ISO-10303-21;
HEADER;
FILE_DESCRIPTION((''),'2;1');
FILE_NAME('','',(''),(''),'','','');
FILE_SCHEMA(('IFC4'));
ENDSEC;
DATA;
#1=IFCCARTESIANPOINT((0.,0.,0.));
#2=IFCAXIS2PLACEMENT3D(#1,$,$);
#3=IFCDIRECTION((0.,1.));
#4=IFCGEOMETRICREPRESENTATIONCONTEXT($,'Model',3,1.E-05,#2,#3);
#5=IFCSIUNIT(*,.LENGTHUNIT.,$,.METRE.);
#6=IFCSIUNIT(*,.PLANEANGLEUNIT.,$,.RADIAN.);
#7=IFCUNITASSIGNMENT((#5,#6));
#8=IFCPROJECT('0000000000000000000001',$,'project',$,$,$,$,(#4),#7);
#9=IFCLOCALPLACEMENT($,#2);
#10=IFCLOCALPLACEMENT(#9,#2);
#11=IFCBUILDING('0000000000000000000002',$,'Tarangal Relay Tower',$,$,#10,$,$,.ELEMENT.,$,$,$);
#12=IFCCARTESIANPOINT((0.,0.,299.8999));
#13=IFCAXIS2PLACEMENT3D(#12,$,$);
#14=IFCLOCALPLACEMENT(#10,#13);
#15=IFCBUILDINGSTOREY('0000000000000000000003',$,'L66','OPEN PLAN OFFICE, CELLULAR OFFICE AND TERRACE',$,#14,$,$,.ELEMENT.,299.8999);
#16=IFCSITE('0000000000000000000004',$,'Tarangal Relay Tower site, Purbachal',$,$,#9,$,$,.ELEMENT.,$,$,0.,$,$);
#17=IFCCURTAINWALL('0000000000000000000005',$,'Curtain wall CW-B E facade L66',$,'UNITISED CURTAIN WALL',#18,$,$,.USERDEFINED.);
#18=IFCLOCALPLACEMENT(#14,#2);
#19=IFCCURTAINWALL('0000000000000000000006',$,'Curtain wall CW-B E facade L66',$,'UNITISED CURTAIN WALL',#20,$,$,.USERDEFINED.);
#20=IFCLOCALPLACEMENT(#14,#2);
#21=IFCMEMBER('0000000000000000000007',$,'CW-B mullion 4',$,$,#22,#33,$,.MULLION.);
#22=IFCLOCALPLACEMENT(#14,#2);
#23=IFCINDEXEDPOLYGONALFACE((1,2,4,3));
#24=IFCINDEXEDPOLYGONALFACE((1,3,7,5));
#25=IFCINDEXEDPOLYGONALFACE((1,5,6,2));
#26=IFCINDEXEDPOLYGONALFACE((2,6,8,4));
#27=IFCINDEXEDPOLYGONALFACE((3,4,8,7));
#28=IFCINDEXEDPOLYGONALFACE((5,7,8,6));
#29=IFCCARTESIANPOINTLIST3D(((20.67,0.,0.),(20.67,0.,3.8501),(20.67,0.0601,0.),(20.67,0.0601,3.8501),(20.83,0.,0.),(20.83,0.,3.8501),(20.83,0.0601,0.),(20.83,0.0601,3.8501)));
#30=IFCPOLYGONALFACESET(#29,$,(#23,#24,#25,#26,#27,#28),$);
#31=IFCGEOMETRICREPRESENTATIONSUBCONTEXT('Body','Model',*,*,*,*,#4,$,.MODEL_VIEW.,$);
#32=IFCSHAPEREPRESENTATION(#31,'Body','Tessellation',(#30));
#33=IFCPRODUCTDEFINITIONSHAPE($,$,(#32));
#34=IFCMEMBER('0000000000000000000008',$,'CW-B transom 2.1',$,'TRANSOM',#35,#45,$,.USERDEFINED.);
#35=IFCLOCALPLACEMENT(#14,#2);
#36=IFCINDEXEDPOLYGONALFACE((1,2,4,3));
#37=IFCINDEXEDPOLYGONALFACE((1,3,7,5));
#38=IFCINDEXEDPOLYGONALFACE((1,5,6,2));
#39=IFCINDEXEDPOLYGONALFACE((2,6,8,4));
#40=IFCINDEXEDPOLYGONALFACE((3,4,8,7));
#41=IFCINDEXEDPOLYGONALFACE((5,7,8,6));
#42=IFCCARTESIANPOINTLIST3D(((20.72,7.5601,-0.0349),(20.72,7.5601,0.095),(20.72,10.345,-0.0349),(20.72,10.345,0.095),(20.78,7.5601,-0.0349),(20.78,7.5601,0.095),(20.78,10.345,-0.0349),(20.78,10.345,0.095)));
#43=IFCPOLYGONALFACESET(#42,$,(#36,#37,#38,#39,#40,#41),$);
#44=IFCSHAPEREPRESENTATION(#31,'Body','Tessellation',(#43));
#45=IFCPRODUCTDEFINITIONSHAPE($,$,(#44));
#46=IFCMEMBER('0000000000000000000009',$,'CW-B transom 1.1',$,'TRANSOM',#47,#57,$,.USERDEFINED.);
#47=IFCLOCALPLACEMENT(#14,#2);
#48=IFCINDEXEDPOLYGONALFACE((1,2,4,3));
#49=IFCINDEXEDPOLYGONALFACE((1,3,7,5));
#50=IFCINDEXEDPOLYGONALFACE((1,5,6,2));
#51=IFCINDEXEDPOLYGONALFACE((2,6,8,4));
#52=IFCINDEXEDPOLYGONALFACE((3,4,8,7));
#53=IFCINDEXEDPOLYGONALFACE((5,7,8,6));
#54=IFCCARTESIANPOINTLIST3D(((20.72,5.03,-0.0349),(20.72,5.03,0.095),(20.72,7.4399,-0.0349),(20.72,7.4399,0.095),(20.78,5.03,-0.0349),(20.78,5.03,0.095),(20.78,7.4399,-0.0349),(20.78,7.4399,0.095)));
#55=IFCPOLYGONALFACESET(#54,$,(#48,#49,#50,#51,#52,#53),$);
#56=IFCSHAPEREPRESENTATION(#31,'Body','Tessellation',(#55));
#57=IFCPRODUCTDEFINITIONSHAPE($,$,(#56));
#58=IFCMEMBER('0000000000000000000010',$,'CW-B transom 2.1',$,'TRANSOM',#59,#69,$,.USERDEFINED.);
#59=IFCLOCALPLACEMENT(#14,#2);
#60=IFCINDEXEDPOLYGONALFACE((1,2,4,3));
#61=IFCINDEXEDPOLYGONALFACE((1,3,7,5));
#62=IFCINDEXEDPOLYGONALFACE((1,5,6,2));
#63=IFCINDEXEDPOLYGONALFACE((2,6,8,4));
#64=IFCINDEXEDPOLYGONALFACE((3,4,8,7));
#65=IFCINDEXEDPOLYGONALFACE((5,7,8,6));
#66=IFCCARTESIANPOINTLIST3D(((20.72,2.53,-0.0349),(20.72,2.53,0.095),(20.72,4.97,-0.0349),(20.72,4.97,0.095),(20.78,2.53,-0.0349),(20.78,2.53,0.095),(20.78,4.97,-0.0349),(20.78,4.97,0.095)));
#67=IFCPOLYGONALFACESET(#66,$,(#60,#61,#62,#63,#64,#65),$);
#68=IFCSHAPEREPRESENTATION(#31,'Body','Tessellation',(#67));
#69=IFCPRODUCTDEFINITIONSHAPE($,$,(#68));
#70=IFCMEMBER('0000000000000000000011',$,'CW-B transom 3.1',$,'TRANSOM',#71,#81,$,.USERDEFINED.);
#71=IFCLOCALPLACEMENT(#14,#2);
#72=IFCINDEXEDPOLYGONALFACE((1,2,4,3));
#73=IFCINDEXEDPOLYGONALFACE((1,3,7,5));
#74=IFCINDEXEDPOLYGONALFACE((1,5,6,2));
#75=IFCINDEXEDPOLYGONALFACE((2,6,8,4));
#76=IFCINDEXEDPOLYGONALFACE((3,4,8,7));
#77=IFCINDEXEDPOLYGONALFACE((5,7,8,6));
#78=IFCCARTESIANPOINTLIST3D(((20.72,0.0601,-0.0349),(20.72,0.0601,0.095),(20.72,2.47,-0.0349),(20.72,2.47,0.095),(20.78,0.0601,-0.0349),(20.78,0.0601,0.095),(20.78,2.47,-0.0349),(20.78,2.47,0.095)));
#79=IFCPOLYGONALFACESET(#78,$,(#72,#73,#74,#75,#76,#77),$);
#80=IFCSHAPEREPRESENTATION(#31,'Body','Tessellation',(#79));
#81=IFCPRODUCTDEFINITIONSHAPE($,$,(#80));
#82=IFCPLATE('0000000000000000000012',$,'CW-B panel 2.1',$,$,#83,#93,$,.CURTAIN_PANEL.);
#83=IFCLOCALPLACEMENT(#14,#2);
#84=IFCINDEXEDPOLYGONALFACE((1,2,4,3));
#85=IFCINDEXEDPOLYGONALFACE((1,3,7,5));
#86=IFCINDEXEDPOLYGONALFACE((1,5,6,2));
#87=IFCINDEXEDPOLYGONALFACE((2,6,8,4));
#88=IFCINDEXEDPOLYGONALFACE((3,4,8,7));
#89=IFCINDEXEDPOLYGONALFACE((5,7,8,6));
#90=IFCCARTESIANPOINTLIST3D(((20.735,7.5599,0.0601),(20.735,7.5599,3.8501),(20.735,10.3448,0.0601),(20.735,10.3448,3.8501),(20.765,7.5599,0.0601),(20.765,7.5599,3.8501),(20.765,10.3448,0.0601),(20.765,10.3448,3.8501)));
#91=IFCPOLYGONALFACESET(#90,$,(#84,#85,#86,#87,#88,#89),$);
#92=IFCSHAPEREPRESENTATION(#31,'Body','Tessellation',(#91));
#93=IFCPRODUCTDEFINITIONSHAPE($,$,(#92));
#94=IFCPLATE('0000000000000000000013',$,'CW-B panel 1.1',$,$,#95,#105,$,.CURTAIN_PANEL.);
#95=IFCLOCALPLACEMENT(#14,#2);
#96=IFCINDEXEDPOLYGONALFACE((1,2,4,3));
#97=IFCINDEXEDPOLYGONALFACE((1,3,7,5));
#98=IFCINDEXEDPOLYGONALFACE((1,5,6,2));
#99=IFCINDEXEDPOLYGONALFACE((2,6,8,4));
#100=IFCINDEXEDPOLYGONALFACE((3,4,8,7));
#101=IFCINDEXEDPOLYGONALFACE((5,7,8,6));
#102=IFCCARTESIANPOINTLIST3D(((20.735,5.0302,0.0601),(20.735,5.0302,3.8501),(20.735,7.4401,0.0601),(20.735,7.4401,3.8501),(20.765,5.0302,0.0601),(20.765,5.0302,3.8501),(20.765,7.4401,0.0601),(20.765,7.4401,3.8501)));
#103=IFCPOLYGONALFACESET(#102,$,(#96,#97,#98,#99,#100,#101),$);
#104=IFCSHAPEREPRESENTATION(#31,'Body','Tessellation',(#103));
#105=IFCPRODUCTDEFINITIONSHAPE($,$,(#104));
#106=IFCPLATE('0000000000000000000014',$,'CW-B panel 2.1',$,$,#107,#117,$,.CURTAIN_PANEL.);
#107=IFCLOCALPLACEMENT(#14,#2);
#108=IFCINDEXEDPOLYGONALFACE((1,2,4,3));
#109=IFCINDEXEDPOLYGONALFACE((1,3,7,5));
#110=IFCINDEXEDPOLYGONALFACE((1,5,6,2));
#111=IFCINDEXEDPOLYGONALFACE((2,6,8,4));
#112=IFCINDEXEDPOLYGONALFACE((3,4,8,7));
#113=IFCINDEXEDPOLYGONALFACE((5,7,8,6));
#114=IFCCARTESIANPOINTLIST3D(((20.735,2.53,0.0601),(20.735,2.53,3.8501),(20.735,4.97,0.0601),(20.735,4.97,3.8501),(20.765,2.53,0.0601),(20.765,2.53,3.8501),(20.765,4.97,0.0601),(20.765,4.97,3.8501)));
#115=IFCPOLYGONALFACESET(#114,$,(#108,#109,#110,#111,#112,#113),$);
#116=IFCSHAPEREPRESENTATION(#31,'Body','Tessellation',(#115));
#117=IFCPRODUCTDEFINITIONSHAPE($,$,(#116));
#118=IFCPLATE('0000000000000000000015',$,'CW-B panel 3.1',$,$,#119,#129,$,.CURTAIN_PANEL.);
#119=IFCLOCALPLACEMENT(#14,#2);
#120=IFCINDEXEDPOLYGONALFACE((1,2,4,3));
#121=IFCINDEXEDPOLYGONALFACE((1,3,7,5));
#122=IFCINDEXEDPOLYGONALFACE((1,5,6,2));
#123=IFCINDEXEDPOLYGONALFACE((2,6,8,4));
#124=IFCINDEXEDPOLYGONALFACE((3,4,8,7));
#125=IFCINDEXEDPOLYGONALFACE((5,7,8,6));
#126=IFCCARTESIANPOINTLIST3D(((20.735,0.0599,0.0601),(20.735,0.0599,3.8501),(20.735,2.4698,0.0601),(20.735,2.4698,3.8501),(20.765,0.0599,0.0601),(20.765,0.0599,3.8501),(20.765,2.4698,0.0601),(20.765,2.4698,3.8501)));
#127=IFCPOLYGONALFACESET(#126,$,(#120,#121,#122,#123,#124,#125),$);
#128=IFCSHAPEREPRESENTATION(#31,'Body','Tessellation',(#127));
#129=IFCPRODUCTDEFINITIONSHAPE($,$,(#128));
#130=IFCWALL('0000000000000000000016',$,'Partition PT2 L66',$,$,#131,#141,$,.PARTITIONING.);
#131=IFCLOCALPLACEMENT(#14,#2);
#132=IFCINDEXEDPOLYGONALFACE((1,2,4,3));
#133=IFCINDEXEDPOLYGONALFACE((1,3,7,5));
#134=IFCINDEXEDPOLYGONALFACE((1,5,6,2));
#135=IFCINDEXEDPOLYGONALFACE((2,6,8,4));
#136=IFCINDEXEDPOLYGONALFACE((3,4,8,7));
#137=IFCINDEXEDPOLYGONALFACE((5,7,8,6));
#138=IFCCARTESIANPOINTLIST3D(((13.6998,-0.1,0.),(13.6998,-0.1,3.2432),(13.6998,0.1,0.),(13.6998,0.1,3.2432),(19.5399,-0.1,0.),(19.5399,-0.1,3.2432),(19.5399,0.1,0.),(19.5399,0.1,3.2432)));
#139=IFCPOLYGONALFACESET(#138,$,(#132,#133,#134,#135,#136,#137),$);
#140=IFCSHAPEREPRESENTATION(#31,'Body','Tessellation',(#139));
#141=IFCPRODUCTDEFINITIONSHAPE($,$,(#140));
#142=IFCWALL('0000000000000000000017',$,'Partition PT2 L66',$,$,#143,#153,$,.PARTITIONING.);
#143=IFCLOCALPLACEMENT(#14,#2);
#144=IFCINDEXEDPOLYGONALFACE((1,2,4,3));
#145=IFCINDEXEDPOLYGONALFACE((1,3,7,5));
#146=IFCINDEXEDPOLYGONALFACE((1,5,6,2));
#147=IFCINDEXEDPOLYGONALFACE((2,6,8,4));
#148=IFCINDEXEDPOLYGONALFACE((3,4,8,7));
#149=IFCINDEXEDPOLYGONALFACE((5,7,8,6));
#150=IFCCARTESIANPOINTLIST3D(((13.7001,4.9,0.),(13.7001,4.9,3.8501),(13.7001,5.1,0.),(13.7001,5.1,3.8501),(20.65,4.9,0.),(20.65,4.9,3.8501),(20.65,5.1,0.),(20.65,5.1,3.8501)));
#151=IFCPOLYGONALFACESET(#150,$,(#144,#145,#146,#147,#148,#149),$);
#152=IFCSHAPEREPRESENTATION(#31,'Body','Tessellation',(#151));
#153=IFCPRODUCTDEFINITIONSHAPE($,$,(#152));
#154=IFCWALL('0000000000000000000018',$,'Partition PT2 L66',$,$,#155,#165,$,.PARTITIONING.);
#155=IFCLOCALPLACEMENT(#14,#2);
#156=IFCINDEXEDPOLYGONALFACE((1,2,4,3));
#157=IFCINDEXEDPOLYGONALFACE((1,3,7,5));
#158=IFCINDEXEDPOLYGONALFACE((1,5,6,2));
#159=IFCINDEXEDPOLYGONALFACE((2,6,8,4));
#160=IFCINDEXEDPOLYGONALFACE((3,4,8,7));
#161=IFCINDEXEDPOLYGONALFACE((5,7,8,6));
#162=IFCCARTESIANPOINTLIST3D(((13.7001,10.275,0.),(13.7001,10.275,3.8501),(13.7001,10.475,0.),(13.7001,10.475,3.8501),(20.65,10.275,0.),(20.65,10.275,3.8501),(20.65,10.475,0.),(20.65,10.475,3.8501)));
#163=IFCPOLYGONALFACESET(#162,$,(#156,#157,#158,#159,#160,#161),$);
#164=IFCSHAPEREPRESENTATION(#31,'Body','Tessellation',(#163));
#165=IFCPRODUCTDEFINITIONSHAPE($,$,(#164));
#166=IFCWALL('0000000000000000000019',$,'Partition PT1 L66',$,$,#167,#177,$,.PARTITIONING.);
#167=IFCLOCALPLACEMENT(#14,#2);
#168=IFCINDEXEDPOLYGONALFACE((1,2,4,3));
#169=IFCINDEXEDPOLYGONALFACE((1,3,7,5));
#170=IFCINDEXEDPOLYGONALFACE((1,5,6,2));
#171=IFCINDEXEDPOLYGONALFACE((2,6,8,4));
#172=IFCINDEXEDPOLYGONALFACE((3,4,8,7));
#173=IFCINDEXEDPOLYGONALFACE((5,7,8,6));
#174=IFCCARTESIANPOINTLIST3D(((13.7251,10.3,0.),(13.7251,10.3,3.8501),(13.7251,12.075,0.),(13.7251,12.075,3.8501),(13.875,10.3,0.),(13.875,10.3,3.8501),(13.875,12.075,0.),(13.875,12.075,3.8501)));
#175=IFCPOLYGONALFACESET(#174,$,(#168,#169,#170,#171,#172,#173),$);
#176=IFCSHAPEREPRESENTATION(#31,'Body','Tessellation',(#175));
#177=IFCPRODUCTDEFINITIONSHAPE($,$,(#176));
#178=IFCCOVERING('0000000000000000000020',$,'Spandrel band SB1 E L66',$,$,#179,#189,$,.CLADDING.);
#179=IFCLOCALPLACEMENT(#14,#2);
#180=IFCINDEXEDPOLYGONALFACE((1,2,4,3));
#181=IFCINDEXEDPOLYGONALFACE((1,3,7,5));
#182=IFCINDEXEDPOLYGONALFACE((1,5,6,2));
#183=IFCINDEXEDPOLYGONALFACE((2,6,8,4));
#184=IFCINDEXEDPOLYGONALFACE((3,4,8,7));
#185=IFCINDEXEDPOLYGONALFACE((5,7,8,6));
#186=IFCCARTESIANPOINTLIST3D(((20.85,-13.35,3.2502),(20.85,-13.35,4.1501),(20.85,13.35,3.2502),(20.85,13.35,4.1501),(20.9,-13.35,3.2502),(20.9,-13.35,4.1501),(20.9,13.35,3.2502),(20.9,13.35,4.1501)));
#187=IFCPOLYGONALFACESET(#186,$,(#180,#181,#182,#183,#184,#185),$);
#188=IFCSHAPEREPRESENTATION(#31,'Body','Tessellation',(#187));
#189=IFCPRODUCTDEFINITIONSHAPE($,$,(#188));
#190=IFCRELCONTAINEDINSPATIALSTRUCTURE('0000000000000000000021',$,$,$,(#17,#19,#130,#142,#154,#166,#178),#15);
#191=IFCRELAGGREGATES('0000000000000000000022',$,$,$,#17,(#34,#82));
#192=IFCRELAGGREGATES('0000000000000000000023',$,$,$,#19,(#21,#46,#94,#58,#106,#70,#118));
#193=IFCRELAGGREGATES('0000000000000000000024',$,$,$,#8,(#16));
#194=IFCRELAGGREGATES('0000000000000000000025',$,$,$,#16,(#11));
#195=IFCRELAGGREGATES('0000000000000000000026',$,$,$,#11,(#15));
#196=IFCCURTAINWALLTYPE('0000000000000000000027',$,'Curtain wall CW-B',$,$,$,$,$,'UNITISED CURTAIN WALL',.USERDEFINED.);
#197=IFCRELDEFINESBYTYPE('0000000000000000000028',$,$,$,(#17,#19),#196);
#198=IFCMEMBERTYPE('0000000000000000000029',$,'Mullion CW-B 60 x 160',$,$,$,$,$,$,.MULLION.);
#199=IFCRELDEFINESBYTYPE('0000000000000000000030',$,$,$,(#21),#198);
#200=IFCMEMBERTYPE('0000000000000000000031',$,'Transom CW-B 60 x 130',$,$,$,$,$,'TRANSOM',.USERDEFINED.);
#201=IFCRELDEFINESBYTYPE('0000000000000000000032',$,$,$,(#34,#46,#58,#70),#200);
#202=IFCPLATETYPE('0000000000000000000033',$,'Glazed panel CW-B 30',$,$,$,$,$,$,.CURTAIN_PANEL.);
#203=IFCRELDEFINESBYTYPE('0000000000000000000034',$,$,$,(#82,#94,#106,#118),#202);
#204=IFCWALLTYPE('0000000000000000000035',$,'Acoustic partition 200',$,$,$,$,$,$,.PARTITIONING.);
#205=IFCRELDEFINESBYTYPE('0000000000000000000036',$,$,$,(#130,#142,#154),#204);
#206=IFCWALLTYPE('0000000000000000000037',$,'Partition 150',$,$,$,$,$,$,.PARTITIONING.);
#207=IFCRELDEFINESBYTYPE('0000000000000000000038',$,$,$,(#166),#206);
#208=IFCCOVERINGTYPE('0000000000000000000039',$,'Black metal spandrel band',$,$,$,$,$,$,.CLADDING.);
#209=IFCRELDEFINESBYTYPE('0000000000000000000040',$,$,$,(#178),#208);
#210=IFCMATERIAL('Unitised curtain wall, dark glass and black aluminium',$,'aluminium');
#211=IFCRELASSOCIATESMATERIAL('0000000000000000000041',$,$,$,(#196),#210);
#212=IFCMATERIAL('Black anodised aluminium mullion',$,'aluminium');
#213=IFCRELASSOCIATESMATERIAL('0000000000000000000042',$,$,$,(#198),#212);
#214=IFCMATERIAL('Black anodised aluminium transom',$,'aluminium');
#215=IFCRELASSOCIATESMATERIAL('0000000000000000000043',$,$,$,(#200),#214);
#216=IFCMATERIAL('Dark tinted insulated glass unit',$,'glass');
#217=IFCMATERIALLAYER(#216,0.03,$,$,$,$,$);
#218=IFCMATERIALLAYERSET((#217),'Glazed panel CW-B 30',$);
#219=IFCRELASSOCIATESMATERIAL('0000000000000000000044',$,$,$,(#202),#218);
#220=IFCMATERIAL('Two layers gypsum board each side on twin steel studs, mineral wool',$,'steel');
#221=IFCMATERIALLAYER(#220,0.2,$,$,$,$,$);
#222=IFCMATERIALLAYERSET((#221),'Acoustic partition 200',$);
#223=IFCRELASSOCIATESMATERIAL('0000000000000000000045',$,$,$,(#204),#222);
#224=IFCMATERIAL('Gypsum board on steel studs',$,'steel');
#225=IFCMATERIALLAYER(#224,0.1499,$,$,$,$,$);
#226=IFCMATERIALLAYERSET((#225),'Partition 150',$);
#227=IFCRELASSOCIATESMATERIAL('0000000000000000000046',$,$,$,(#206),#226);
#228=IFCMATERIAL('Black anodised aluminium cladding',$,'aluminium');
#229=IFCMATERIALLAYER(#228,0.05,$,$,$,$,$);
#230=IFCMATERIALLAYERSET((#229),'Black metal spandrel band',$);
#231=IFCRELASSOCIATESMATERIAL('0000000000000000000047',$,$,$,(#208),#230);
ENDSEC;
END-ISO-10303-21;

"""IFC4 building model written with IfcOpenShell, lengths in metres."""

from ifc_helpers import new_model, si_unit, direction, frame, frame_2d, origin, origin_2d, place, context, subcontext, project, spatial, rectangle, extrude, material, layer, layer_set, material_profile, profile_set, type_object, element, aggregate, save


model = new_model("IFC4")

# Units and contexts
model_context = context("Model", 3, precision=1e-05, world=origin(), true_north=direction((0.0, 1.0)))
body_context = subcontext(model_context, "Body", "Model", "MODEL_VIEW")
ifc_project = project(units=[si_unit("LENGTHUNIT", "METRE"), si_unit("PLANEANGLEUNIT", "RADIAN")], contexts=[model_context])

# Site, building, storey
site_placement = place(None, origin())
site = spatial("IfcSite", under=ifc_project, at=site_placement, Name="Tarangal Relay Tower site, Purbachal", CompositionType="ELEMENT", RefElevation=0.0)
building_placement = place(site_placement, origin())
building = spatial("IfcBuilding", under=site, at=building_placement, Name="Tarangal Relay Tower", CompositionType="ELEMENT")
storey_placement = place(building_placement, frame((0.0, 0.0, 299.8999)))
storey = spatial("IfcBuildingStorey", under=building, at=storey_placement, Name="L66", Description="OPEN PLAN OFFICE, CELLULAR OFFICE AND TERRACE", CompositionType="ELEMENT", Elevation=299.8999)

# Curtain wall
ifc_material_1 = material(Name="Unitised curtain wall, dark glass and black aluminium", Category="aluminium")
curtain_wall_type = type_object("IfcCurtainWallType", Name="Curtain wall CW-B", ElementType="UNITISED CURTAIN WALL", PredefinedType="USERDEFINED", material=ifc_material_1)
curtain_wall_1_placement = place(storey_placement, origin())
curtain_wall_1 = element("IfcCurtainWall", 1, at=curtain_wall_1_placement, inside=storey, type_object=curtain_wall_type, Name="Curtain wall CW-B E facade L66", ObjectType="UNITISED CURTAIN WALL", PredefinedType="USERDEFINED")
ifc_material_2 = material(Name="Black anodised aluminium mullion", Category="aluminium")
ifc_material_profile_1 = material_profile(ifc_material_2, rectangle(XDim=0.1599, YDim=0.0601, at=origin_2d()), Name="CW-BM 60X160")
ifc_profile_set_1 = profile_set([ifc_material_profile_1], Name="Black anodised aluminium mullion")
member_type_1 = type_object("IfcMemberType", Name="Mullion CW-B 60 x 160", PredefinedType="MULLION", material=ifc_profile_set_1)

# Curtain wall, member
curtain_wall_2_placement = place(storey_placement, origin())
curtain_wall_2 = element("IfcCurtainWall", 2, at=curtain_wall_2_placement, inside=storey, type_object=curtain_wall_type, Name="Curtain wall CW-B E facade L66", ObjectType="UNITISED CURTAIN WALL", PredefinedType="USERDEFINED")
member_1_placement = place(storey_placement, frame((20.75, 0.03, 0.0), z_axis=(0.0, 0.0, 1.0), x_axis=(1.0, 0.0, 0.0)))
member_1 = element("IfcMember", 3, at=member_1_placement, type_object=member_type_1, Name="CW-B mullion 4", PredefinedType="MULLION", context=body_context, shape_type="SweptSolid", body=[
    extrude(rectangle(XDim=0.1599, YDim=0.0601, at=origin_2d()), origin(), (0.0, 0.0, 1.0), 3.8501),
])

# Members
ifc_material_3 = material(Name="Black anodised aluminium transom", Category="aluminium")
ifc_material_profile_2 = material_profile(ifc_material_3, rectangle(XDim=0.0601, YDim=0.1299, at=origin_2d()), Name="CW-BT 60X130")
ifc_profile_set_2 = profile_set([ifc_material_profile_2], Name="Black anodised aluminium transom")
member_type_2 = type_object("IfcMemberType", Name="Transom CW-B 60 x 130", ElementType="TRANSOM", PredefinedType="USERDEFINED", material=ifc_profile_set_2)
member_2_placement = place(storey_placement, frame((20.75, 10.345, 0.03), z_axis=(0.0, -1.0, 0.0), x_axis=(1.0, 0.0, 0.0)))
member_2 = element("IfcMember", 4, at=member_2_placement, type_object=member_type_2, Name="CW-B transom 2.1", ObjectType="TRANSOM", PredefinedType="USERDEFINED", context=body_context, shape_type="SweptSolid", body=[
    extrude(rectangle(XDim=0.0601, YDim=0.1299, at=origin_2d()), origin(), (0.0, 0.0, 1.0), 2.7849),
])
member_3_placement = place(storey_placement, frame((20.75, 7.4399, 0.03), z_axis=(0.0, -1.0, 0.0), x_axis=(1.0, 0.0, 0.0)))
member_3 = element("IfcMember", 5, at=member_3_placement, type_object=member_type_2, Name="CW-B transom 1.1", ObjectType="TRANSOM", PredefinedType="USERDEFINED", context=body_context, shape_type="SweptSolid", body=[
    extrude(rectangle(XDim=0.0601, YDim=0.1299, at=origin_2d()), origin(), (0.0, 0.0, 1.0), 2.4099),
])
member_4_placement = place(storey_placement, frame((20.75, 4.97, 0.03), z_axis=(0.0, -1.0, 0.0), x_axis=(1.0, 0.0, 0.0)))
member_4 = element("IfcMember", 6, at=member_4_placement, type_object=member_type_2, Name="CW-B transom 2.1", ObjectType="TRANSOM", PredefinedType="USERDEFINED", context=body_context, shape_type="SweptSolid", body=[
    extrude(rectangle(XDim=0.0601, YDim=0.1299, at=origin_2d()), origin(), (0.0, 0.0, 1.0), 2.4399),
])
member_5_placement = place(storey_placement, frame((20.75, 2.47, 0.03), z_axis=(0.0, -1.0, 0.0), x_axis=(1.0, 0.0, 0.0)))
member_5 = element("IfcMember", 7, at=member_5_placement, type_object=member_type_2, Name="CW-B transom 3.1", ObjectType="TRANSOM", PredefinedType="USERDEFINED", context=body_context, shape_type="SweptSolid", body=[
    extrude(rectangle(XDim=0.0601, YDim=0.1299, at=origin_2d()), origin(), (0.0, 0.0, 1.0), 2.4099),
])

# Plates
ifc_material_4 = material(Name="Dark tinted insulated glass unit", Category="glass")
ifc_layer_1 = layer(ifc_material_4, 0.03)
ifc_layer_set_1 = layer_set([ifc_layer_1], Name="Glazed panel CW-B 30")
plate_type = type_object("IfcPlateType", Name="Glazed panel CW-B 30", PredefinedType="CURTAIN_PANEL", material=ifc_layer_set_1)
plate_1_placement = place(storey_placement, frame((20.75, 8.9524, 0.0601), z_axis=(0.0, 0.0, 1.0), x_axis=(0.0, -1.0, 0.0)))
plate_1 = element("IfcPlate", 8, at=plate_1_placement, type_object=plate_type, Name="CW-B panel 2.1", PredefinedType="CURTAIN_PANEL", context=body_context, shape_type="SweptSolid", body=[
    extrude(rectangle(XDim=2.7849, YDim=0.03, at=origin_2d()), origin(), (0.0, 0.0, 1.0), 3.79),
])
aggregate(curtain_wall_1, [member_2, plate_1])
plate_2_placement = place(storey_placement, frame((20.75, 6.2351, 0.0601), z_axis=(0.0, 0.0, 1.0), x_axis=(0.0, -1.0, 0.0)))
plate_2 = element("IfcPlate", 9, at=plate_2_placement, type_object=plate_type, Name="CW-B panel 1.1", PredefinedType="CURTAIN_PANEL", context=body_context, shape_type="SweptSolid", body=[
    extrude(rectangle(XDim=2.4099, YDim=0.03, at=origin_2d()), origin(), (0.0, 0.0, 1.0), 3.79),
])
plate_3_placement = place(storey_placement, frame((20.75, 3.75, 0.0601), z_axis=(0.0, 0.0, 1.0), x_axis=(0.0, -1.0, 0.0)))
plate_3 = element("IfcPlate", 10, at=plate_3_placement, type_object=plate_type, Name="CW-B panel 2.1", PredefinedType="CURTAIN_PANEL", context=body_context, shape_type="SweptSolid", body=[
    extrude(rectangle(XDim=2.4399, YDim=0.03, at=origin_2d()), origin(), (0.0, 0.0, 1.0), 3.79),
])
plate_4_placement = place(storey_placement, frame((20.75, 1.2649, 0.0601), z_axis=(0.0, 0.0, 1.0), x_axis=(0.0, -1.0, 0.0)))
plate_4 = element("IfcPlate", 11, at=plate_4_placement, type_object=plate_type, Name="CW-B panel 3.1", PredefinedType="CURTAIN_PANEL", context=body_context, shape_type="SweptSolid", body=[
    extrude(rectangle(XDim=2.4099, YDim=0.03, at=origin_2d()), origin(), (0.0, 0.0, 1.0), 3.79),
])
aggregate(curtain_wall_2, [member_1, member_3, plate_2, member_4, plate_3, member_5, plate_4])

# Walls
ifc_material_5 = material(Name="Two layers gypsum board each side on twin steel studs, mineral wool", Category="steel")
ifc_layer_2 = layer(ifc_material_5, 0.2)
ifc_layer_set_2 = layer_set([ifc_layer_2], Name="Acoustic partition 200")
wall_type_1 = type_object("IfcWallType", Name="Acoustic partition 200", PredefinedType="PARTITIONING", material=ifc_layer_set_2)
wall_1_placement = place(storey_placement, frame((13.7, 0.0, 0.0), z_axis=(0.0, 0.0, 1.0), x_axis=(1.0, 0.0, 0.0)))
element("IfcWall", 12, at=wall_1_placement, inside=storey, type_object=wall_type_1, Name="Partition PT2 L66", PredefinedType="PARTITIONING", context=body_context, shape_type="SweptSolid", body=[
    extrude(rectangle(XDim=5.8401, YDim=0.2, at=frame_2d((2.9199, 0.0))), origin(), (0.0, 0.0, 1.0), 3.2432),
])
for number, where, z_axis, x_axis, name in (
    (13, (13.7, 5.0, 0.0), (0.0, 0.0, 1.0), (1.0, 0.0, 0.0), "Partition PT2 L66"),
    (14, (13.7, 10.375, 0.0), (0.0, 0.0, 1.0), (1.0, 0.0, 0.0), "Partition PT2 L66"),
):
    element("IfcWall", number, at=place(storey_placement, frame(where, z_axis=z_axis, x_axis=x_axis)), inside=storey, type_object=wall_type_1, Name=name, PredefinedType="PARTITIONING", context=body_context, shape_type="SweptSolid", body=[
        extrude(rectangle(XDim=6.95, YDim=0.2, at=frame_2d((3.4751, 0.0))), origin(), (0.0, 0.0, 1.0), 3.8501),
    ])
ifc_material_6 = material(Name="Gypsum board on steel studs", Category="steel")
ifc_layer_3 = layer(ifc_material_6, 0.1499)
ifc_layer_set_3 = layer_set([ifc_layer_3], Name="Partition 150")
wall_type_2 = type_object("IfcWallType", Name="Partition 150", PredefinedType="PARTITIONING", material=ifc_layer_set_3)
wall_2_placement = place(storey_placement, frame((13.8, 10.3, 0.0), z_axis=(0.0, 0.0, 1.0), x_axis=(0.0, 1.0, 0.0)))
element("IfcWall", 15, at=wall_2_placement, inside=storey, type_object=wall_type_2, Name="Partition PT1 L66", PredefinedType="PARTITIONING", context=body_context, shape_type="SweptSolid", body=[
    extrude(rectangle(XDim=1.7749, YDim=0.1499, at=frame_2d((0.8875, 0.0))), origin(), (0.0, 0.0, 1.0), 3.8501),
])

# Covering
ifc_material_7 = material(Name="Black anodised aluminium cladding", Category="aluminium")
ifc_layer_4 = layer(ifc_material_7, 0.05)
ifc_layer_set_4 = layer_set([ifc_layer_4], Name="Black metal spandrel band")
covering_type = type_object("IfcCoveringType", Name="Black metal spandrel band", PredefinedType="CLADDING", material=ifc_layer_set_4)
covering_placement = place(storey_placement, frame((20.875, 0.0, 3.2502), z_axis=(0.0, 0.0, 1.0), x_axis=(0.0, -1.0, 0.0)))
element("IfcCovering", 16, at=covering_placement, inside=storey, type_object=covering_type, Name="Spandrel band SB1 E L66", PredefinedType="CLADDING", context=body_context, shape_type="SweptSolid", body=[
    extrude(rectangle(XDim=26.7, YDim=0.05, at=origin_2d()), origin(), (0.0, 0.0, 1.0), 0.8999),
])

save(model, "model.ifc")
